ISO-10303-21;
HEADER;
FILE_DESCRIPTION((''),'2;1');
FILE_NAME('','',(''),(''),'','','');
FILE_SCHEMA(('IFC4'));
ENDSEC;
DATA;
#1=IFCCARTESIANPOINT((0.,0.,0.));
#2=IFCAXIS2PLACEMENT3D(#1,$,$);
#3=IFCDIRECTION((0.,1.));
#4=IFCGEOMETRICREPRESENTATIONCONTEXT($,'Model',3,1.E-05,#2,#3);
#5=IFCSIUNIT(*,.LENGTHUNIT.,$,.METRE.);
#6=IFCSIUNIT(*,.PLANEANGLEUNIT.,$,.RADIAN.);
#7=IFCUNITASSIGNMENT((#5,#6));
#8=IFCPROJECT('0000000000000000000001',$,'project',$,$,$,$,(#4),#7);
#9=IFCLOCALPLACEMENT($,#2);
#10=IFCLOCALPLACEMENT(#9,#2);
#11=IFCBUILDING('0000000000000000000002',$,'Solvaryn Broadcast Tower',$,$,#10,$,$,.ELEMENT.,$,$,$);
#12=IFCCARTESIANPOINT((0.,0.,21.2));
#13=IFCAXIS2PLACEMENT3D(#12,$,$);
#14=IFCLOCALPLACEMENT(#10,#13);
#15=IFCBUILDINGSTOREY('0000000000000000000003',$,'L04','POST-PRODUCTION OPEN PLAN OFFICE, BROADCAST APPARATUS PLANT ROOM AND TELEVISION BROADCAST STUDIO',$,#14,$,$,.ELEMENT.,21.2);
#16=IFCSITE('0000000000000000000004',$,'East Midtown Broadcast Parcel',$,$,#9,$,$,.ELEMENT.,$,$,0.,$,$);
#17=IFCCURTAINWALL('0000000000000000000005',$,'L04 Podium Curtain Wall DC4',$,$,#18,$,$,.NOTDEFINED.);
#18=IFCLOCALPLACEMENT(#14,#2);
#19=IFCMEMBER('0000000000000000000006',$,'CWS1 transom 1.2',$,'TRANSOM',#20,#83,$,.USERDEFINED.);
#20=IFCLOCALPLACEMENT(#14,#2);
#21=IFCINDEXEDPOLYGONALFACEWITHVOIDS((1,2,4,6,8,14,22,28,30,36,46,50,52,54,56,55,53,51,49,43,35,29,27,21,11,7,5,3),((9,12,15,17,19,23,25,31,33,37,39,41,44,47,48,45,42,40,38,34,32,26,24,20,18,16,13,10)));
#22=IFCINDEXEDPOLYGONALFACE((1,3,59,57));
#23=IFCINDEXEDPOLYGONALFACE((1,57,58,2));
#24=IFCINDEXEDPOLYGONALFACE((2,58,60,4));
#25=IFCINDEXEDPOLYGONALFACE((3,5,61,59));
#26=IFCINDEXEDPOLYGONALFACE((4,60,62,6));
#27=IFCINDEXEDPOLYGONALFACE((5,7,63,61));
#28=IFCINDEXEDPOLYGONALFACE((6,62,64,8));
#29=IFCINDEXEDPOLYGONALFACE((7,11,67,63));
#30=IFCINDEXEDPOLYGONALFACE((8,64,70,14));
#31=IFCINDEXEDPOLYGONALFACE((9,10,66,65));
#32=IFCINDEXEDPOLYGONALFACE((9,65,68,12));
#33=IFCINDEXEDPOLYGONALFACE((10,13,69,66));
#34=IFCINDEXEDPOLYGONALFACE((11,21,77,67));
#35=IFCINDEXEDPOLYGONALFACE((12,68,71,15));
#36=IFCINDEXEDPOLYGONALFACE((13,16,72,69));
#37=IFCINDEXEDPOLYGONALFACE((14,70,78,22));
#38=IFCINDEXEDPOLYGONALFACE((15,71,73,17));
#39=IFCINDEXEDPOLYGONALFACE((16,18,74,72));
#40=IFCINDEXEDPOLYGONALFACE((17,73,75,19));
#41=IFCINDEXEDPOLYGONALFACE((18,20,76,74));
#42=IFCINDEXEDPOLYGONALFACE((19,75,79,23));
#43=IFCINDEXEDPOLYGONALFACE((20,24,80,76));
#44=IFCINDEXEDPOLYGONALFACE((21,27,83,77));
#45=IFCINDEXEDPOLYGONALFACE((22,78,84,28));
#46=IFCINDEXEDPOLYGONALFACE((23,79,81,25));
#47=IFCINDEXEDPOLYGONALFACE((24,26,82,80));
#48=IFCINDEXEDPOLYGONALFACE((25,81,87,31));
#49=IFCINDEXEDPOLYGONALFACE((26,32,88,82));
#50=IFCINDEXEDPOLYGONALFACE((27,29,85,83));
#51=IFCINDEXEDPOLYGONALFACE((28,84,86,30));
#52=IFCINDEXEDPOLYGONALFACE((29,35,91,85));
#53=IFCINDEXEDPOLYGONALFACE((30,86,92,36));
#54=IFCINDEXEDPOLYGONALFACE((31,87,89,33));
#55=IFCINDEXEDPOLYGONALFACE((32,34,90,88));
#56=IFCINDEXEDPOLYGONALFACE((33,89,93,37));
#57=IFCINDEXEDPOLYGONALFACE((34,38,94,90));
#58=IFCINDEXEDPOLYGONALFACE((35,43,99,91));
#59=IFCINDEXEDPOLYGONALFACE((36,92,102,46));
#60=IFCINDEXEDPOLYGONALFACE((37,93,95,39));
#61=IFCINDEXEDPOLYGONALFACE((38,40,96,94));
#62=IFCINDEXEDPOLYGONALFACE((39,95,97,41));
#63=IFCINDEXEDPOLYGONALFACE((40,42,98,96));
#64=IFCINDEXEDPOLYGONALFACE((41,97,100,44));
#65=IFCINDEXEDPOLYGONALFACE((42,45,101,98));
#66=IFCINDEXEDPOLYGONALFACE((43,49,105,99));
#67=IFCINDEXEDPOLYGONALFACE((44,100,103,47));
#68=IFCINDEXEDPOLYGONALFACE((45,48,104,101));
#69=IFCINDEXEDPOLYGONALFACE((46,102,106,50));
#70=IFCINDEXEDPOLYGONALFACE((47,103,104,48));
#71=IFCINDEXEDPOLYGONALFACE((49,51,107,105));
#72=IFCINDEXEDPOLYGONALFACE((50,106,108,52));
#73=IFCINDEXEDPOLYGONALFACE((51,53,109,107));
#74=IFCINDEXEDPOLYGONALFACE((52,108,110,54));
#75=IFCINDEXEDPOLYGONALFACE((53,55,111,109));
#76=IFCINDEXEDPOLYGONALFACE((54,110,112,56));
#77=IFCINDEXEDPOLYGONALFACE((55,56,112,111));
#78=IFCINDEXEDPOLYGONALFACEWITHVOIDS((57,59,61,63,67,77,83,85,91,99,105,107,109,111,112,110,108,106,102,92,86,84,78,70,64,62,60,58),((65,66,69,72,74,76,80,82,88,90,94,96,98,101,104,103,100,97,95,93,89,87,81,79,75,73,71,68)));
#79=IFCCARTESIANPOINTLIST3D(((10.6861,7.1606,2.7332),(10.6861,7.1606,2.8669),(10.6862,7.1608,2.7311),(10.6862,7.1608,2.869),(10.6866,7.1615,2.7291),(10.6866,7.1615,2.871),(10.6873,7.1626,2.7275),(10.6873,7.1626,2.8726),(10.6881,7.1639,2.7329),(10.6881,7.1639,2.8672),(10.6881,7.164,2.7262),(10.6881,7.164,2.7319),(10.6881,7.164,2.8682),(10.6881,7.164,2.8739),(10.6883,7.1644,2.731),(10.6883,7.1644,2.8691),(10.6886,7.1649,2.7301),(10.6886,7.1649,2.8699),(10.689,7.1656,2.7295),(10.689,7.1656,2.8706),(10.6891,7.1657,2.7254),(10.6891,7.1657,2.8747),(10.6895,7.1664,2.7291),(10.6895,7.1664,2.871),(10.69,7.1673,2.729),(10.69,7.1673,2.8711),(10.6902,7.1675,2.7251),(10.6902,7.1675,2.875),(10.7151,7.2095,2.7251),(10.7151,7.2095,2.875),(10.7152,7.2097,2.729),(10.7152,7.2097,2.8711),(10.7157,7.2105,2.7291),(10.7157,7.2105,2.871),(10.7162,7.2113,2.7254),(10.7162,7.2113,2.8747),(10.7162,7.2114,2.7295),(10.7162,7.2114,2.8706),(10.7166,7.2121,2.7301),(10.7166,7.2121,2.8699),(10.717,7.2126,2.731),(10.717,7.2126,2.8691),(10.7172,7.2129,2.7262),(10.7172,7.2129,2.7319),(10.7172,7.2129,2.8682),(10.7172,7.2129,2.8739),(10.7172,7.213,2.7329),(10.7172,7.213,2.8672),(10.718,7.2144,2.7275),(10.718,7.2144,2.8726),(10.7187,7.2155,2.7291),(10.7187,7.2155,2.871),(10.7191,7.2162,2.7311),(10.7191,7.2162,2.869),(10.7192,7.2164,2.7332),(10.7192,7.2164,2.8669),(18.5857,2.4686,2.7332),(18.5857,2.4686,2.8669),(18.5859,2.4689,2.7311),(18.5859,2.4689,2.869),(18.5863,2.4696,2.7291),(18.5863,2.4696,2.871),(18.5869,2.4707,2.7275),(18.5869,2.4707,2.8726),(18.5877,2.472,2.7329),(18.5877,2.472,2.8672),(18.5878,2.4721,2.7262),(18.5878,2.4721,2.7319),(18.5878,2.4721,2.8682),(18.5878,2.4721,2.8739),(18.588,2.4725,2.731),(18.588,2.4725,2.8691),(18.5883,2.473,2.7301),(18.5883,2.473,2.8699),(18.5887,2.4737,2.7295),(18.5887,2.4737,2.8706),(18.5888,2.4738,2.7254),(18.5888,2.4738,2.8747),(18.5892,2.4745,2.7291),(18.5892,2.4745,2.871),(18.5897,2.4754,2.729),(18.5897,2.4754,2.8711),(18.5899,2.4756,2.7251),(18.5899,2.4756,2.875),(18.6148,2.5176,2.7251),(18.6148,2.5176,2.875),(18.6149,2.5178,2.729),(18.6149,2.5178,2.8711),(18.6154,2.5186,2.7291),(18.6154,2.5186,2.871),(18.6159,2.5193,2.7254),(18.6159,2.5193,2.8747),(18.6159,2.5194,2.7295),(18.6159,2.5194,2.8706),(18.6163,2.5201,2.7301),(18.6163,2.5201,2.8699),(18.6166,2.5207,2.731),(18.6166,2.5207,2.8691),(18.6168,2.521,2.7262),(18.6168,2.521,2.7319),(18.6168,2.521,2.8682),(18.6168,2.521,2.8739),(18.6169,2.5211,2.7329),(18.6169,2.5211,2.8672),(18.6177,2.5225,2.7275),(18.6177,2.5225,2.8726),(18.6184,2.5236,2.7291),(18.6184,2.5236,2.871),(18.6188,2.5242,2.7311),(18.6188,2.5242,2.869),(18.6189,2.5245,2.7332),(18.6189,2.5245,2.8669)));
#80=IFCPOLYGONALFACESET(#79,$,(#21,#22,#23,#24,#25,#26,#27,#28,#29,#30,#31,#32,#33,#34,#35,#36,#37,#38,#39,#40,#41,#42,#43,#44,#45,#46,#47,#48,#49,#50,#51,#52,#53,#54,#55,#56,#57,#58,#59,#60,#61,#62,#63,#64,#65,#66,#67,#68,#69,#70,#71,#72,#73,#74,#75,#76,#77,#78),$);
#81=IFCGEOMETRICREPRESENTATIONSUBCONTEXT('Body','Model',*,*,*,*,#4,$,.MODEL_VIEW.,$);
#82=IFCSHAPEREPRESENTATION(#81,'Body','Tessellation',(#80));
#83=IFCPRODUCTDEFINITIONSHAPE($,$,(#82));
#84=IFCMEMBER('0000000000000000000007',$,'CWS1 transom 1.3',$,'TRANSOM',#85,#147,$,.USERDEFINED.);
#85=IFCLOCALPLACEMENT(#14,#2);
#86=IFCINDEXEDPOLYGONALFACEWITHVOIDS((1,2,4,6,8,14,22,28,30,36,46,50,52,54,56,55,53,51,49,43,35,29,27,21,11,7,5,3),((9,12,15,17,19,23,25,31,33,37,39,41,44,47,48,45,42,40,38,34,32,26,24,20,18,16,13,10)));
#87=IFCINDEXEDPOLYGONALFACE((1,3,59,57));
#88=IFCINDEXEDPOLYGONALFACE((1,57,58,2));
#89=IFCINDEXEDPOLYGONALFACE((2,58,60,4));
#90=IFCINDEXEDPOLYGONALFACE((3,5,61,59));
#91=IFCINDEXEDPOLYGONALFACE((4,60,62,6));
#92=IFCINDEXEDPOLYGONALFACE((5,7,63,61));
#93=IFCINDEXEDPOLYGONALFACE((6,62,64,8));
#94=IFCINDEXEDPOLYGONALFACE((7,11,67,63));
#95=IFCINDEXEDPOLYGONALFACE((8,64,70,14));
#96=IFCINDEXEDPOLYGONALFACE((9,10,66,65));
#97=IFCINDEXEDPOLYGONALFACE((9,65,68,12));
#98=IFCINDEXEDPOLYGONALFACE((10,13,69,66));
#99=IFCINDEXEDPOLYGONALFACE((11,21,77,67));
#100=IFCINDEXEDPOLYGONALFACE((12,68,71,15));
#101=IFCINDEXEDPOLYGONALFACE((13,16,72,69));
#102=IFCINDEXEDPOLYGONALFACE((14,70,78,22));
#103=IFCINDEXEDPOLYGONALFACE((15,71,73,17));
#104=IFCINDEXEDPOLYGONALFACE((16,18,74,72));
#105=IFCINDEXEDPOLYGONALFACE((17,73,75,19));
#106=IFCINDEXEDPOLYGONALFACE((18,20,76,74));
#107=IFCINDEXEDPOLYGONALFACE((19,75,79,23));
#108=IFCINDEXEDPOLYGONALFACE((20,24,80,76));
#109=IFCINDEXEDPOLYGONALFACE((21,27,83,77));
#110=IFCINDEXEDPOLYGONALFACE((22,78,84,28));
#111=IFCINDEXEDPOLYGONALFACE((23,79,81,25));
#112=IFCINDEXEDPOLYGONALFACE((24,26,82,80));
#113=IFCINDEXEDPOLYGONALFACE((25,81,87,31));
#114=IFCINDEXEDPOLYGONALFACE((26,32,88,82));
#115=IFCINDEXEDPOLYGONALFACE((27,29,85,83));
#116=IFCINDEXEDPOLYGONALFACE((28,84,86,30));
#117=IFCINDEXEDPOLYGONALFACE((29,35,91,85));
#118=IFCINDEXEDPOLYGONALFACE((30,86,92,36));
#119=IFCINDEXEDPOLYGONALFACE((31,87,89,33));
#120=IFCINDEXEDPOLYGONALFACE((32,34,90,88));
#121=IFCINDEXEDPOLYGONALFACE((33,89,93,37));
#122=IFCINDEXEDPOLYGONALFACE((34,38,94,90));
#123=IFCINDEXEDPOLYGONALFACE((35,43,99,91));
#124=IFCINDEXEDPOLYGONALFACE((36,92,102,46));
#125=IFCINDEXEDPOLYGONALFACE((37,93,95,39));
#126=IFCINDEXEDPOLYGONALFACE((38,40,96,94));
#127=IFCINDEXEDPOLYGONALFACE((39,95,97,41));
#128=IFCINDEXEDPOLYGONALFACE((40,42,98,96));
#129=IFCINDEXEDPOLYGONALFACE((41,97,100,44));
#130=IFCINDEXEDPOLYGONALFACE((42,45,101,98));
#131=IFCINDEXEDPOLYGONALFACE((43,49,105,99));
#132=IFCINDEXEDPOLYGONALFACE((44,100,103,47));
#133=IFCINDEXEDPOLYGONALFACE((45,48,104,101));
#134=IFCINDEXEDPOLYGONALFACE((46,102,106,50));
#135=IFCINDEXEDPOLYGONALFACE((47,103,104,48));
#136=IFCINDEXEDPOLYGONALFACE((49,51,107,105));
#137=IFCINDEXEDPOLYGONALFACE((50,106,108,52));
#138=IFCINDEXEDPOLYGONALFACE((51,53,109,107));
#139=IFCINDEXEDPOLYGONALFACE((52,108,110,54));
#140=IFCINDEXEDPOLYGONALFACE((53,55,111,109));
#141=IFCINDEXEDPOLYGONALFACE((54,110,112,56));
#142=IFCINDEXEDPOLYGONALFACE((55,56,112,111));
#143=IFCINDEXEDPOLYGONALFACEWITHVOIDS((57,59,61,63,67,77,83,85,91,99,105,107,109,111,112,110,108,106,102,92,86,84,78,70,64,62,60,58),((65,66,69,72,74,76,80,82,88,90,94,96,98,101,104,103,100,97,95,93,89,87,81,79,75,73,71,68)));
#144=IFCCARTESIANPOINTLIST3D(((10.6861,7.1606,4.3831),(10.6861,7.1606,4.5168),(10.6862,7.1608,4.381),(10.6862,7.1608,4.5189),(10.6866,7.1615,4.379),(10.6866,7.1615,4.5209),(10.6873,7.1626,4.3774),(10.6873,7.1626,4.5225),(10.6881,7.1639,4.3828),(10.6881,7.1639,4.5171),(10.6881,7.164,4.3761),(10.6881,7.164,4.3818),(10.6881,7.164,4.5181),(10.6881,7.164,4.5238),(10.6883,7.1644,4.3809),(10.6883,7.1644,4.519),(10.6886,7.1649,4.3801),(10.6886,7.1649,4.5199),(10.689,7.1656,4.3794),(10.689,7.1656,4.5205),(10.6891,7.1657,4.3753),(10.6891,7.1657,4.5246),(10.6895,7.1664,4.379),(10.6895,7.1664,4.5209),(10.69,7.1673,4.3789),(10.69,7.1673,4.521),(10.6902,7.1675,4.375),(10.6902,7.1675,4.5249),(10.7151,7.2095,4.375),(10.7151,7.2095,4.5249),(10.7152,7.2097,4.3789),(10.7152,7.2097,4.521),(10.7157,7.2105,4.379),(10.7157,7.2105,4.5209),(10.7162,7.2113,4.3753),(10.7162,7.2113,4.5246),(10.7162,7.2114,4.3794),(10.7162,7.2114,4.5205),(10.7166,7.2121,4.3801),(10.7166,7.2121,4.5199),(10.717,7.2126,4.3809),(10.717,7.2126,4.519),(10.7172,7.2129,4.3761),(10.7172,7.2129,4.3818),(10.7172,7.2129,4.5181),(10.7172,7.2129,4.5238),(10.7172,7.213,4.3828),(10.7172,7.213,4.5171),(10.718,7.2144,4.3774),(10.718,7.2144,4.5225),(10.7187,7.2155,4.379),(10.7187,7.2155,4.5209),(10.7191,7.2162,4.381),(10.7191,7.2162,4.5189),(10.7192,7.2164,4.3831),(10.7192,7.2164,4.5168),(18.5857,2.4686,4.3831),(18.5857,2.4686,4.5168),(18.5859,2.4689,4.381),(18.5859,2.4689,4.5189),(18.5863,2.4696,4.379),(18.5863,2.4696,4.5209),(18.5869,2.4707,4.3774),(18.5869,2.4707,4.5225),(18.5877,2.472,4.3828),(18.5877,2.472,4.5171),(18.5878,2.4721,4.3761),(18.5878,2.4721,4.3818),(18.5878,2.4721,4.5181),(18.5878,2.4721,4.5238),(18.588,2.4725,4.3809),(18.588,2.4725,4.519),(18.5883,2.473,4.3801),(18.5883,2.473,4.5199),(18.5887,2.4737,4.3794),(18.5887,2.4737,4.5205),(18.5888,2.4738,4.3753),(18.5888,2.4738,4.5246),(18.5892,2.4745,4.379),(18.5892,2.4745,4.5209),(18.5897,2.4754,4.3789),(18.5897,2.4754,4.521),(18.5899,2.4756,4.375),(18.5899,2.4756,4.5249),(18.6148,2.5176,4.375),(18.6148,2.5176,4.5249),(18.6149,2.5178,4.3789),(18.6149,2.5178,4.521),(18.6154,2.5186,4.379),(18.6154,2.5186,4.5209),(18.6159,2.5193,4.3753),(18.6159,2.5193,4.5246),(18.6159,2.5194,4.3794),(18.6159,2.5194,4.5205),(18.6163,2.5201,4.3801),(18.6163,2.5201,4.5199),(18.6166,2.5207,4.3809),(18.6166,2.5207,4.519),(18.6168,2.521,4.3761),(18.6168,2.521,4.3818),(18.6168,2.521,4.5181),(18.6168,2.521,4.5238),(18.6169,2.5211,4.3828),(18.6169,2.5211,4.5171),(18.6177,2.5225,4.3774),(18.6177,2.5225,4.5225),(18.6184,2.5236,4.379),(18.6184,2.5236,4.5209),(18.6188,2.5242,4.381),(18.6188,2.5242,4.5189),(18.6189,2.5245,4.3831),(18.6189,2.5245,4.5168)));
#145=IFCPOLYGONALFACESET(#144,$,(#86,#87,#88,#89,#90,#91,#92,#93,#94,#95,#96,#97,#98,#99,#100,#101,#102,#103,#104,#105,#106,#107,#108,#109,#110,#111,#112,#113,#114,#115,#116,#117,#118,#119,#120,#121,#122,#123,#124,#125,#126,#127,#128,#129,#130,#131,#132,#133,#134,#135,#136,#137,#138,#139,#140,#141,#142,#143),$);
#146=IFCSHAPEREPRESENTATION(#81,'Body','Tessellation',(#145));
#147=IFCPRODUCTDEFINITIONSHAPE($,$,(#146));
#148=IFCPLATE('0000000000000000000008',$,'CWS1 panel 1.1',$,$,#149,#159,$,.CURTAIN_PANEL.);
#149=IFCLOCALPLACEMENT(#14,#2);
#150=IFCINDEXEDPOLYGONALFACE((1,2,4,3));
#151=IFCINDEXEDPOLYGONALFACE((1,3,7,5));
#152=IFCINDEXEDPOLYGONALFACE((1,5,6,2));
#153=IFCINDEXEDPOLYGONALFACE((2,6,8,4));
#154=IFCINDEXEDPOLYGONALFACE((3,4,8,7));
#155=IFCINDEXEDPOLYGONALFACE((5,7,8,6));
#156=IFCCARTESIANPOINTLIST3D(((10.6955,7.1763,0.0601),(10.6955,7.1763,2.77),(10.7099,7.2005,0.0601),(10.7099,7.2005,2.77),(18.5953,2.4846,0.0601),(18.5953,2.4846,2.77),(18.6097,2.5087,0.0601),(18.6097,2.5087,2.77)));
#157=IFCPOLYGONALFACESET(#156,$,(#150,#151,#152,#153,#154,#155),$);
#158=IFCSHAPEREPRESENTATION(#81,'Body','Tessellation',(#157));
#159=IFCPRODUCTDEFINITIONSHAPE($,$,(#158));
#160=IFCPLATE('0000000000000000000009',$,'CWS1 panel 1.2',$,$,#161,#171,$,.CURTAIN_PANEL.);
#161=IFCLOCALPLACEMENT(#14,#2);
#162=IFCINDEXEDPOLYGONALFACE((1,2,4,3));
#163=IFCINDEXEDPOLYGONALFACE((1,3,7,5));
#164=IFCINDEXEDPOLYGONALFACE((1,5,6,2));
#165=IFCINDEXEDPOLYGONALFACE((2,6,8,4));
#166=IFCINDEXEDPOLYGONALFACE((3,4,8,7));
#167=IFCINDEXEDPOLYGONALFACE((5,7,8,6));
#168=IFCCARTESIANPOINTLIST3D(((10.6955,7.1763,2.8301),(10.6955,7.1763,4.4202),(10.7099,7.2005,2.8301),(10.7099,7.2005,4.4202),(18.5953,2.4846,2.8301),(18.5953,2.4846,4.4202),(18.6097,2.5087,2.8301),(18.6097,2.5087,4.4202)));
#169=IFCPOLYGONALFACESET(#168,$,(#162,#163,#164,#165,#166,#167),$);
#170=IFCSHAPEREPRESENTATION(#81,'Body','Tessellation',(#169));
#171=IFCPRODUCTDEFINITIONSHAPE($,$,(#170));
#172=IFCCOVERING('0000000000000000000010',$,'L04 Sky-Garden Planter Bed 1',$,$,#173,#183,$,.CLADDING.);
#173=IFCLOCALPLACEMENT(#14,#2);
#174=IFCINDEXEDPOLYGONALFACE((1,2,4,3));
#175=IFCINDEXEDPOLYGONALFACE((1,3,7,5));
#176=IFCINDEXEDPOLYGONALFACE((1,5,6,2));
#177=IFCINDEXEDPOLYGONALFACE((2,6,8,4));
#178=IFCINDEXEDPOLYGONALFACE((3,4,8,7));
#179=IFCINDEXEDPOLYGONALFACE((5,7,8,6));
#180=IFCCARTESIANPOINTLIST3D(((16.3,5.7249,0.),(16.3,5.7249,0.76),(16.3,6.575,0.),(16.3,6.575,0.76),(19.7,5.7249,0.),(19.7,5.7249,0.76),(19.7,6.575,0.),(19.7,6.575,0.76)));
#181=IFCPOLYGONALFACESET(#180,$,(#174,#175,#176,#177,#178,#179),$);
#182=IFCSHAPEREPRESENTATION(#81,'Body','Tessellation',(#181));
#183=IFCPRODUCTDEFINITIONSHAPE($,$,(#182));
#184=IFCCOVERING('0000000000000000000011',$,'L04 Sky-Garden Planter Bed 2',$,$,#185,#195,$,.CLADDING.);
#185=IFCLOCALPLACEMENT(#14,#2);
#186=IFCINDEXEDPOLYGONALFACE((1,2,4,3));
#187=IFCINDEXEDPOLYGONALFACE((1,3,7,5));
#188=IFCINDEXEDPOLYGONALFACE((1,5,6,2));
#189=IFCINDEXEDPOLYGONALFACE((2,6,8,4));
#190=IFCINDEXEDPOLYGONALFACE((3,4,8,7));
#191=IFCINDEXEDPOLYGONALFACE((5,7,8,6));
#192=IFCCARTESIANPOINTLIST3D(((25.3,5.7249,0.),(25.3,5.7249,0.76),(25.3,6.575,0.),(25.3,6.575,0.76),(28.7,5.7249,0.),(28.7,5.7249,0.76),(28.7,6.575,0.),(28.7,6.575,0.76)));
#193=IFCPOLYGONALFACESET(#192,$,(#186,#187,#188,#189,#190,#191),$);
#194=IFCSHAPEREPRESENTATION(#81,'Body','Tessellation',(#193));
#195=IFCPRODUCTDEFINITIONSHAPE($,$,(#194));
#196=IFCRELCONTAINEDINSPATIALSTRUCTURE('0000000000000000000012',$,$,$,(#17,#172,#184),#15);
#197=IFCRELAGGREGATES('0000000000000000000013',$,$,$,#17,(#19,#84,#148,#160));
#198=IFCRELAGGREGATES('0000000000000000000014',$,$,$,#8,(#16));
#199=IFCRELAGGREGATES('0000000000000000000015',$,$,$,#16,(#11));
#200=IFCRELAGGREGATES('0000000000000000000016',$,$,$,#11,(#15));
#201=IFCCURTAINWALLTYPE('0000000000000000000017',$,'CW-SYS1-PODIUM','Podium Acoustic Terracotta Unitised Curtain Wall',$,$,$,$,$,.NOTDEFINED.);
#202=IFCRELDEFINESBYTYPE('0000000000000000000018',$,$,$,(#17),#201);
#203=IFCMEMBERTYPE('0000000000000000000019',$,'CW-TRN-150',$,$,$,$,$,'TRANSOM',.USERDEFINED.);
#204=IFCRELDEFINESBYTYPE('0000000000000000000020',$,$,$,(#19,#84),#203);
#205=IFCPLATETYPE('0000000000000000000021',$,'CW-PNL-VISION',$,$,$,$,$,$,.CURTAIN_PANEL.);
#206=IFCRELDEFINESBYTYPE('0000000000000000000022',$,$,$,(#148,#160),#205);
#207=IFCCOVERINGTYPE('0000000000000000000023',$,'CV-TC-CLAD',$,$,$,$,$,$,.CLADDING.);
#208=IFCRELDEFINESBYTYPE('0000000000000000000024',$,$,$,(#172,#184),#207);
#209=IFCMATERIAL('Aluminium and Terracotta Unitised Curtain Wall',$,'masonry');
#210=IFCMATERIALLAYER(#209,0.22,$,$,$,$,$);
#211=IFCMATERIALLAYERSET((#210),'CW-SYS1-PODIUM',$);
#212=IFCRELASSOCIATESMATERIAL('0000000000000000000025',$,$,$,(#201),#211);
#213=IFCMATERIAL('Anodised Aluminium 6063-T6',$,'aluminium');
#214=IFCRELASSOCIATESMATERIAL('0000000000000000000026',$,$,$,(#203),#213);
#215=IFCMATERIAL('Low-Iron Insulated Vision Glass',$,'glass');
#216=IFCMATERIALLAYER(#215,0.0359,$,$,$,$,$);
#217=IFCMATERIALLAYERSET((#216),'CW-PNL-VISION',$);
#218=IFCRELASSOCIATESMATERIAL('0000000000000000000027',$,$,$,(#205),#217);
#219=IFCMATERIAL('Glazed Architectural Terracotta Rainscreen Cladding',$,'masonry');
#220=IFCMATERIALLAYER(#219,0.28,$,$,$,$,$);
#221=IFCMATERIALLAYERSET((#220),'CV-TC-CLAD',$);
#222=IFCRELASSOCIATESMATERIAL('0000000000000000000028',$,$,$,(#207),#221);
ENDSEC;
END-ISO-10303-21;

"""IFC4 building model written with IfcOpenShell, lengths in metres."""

from ifc_helpers import new_model, si_unit, direction, frame, origin, origin_2d, place, context, subcontext, project, spatial, rectangle, hollow_rectangle, extrude, material, layer, layer_set, material_profile, profile_set, type_object, element, aggregate, save


model = new_model("IFC4")

# Units and contexts
model_context = context("Model", 3, precision=1e-05, world=origin(), true_north=direction((0.0, 1.0)))
body_context = subcontext(model_context, "Body", "Model", "MODEL_VIEW")
ifc_project = project(units=[si_unit("LENGTHUNIT", "METRE"), si_unit("PLANEANGLEUNIT", "RADIAN")], contexts=[model_context])

# Site, building, storey
site_placement = place(None, origin())
site = spatial("IfcSite", under=ifc_project, at=site_placement, Name="East Midtown Broadcast Parcel", CompositionType="ELEMENT", RefElevation=0.0)
building_placement = place(site_placement, origin())
building = spatial("IfcBuilding", under=site, at=building_placement, Name="Solvaryn Broadcast Tower", CompositionType="ELEMENT")
storey_placement = place(building_placement, frame((0.0, 0.0, 21.2)))
storey = spatial("IfcBuildingStorey", under=building, at=storey_placement, Name="L04", Description="POST-PRODUCTION OPEN PLAN OFFICE, BROADCAST APPARATUS PLANT ROOM AND TELEVISION BROADCAST STUDIO", CompositionType="ELEMENT", Elevation=21.2)

# Curtain wall, members, plates
ifc_material_1 = material(Name="Aluminium and Terracotta Unitised Curtain Wall", Category="masonry")
ifc_layer_1 = layer(ifc_material_1, 0.22)
ifc_layer_set_1 = layer_set([ifc_layer_1], Name="CW-SYS1-PODIUM")
curtain_wall_type = type_object("IfcCurtainWallType", Name="CW-SYS1-PODIUM", Description="Podium Acoustic Terracotta Unitised Curtain Wall", PredefinedType="NOTDEFINED", material=ifc_layer_set_1)
curtain_wall_placement = place(storey_placement, origin())
curtain_wall = element("IfcCurtainWall", 1, at=curtain_wall_placement, inside=storey, type_object=curtain_wall_type, Name="L04 Podium Curtain Wall DC4", PredefinedType="NOTDEFINED")
ifc_material_2 = material(Name="Anodised Aluminium 6063-T6", Category="aluminium")
ifc_material_profile_1 = material_profile(ifc_material_2, hollow_rectangle(XDim=0.0649, YDim=0.1499, WallThickness=0.0039, InnerFilletRadius=0.0039, OuterFilletRadius=0.0081, at=origin_2d()))
ifc_profile_set_1 = profile_set([ifc_material_profile_1], Name="Anodised Aluminium 6063-T6")
member_type_1 = type_object("IfcMemberType", Name="CW-TRN-150", ElementType="TRANSOM", PredefinedType="USERDEFINED", material=ifc_profile_set_1)
member_1_placement = place(storey_placement, frame((10.7026, 7.1885, 2.8), z_axis=(0.859784, -0.510657, 0.0), x_axis=(0.510657, 0.859784, 0.0)))
member_1 = element("IfcMember", 2, at=member_1_placement, type_object=member_type_1, Name="CWS1 transom 1.2", ObjectType="TRANSOM", PredefinedType="USERDEFINED", context=body_context, shape_type="SweptSolid", body=[
    extrude(hollow_rectangle(XDim=0.0649, YDim=0.1499, WallThickness=0.0039, InnerFilletRadius=0.0039, OuterFilletRadius=0.0081, at=origin_2d()), origin(), (0.0, 0.0, 1.0), 9.188),
])
member_2_placement = place(storey_placement, frame((10.7026, 7.1885, 4.45), z_axis=(0.859784, -0.510657, 0.0), x_axis=(0.510657, 0.859784, 0.0)))
member_2 = element("IfcMember", 3, at=member_2_placement, type_object=member_type_1, Name="CWS1 transom 1.3", ObjectType="TRANSOM", PredefinedType="USERDEFINED", context=body_context, shape_type="SweptSolid", body=[
    extrude(hollow_rectangle(XDim=0.0649, YDim=0.1499, WallThickness=0.0039, InnerFilletRadius=0.0039, OuterFilletRadius=0.0081, at=origin_2d()), origin(), (0.0, 0.0, 1.0), 9.188),
])
ifc_material_3 = material(Name="Low-Iron Insulated Vision Glass", Category="glass")
ifc_layer_2 = layer(ifc_material_3, 0.0359)
ifc_layer_set_2 = layer_set([ifc_layer_2], Name="CW-PNL-VISION")
plate_type = type_object("IfcPlateType", Name="CW-PNL-VISION", PredefinedType="CURTAIN_PANEL", material=ifc_layer_set_2)
plate_1_placement = place(storey_placement, frame((14.6526, 4.8425, 0.0601), z_axis=(0.0, 0.0, 1.0), x_axis=(0.859797, -0.510636, 0.0)))
plate_1 = element("IfcPlate", 4, at=plate_1_placement, type_object=plate_type, Name="CWS1 panel 1.1", PredefinedType="CURTAIN_PANEL", context=body_context, shape_type="SweptSolid", body=[
    extrude(rectangle(XDim=9.188, YDim=0.0281, at=origin_2d()), origin(), (0.0, 0.0, 1.0), 2.71),
])
plate_2_placement = place(storey_placement, frame((14.6526, 4.8425, 2.8301), z_axis=(0.0, 0.0, 1.0), x_axis=(0.859797, -0.510636, 0.0)))
plate_2 = element("IfcPlate", 5, at=plate_2_placement, type_object=plate_type, Name="CWS1 panel 1.2", PredefinedType="CURTAIN_PANEL", context=body_context, shape_type="SweptSolid", body=[
    extrude(rectangle(XDim=9.188, YDim=0.0281, at=origin_2d()), origin(), (0.0, 0.0, 1.0), 1.5901),
])
aggregate(curtain_wall, [member_1, member_2, plate_1, plate_2])

# Coverings
ifc_material_4 = material(Name="Glazed Architectural Terracotta Rainscreen Cladding", Category="masonry")
ifc_layer_3 = layer(ifc_material_4, 0.28)
ifc_layer_set_3 = layer_set([ifc_layer_3], Name="CV-TC-CLAD")
covering_type_1 = type_object("IfcCoveringType", Name="CV-TC-CLAD", PredefinedType="CLADDING", material=ifc_layer_set_3)
for number, where, z_axis, x_axis, name in (
    (6, (18.0, 6.1499, 0.0), (0.0, 0.0, 1.0), (1.0, 0.0, 0.0), "L04 Sky-Garden Planter Bed 1"),
    (7, (27.0, 6.1499, 0.0), (0.0, 0.0, 1.0), (1.0, 0.0, 0.0), "L04 Sky-Garden Planter Bed 2"),
):
    element("IfcCovering", number, at=place(storey_placement, frame(where, z_axis=z_axis, x_axis=x_axis)), inside=storey, type_object=covering_type_1, Name=name, PredefinedType="CLADDING", context=body_context, shape_type="SweptSolid", body=[
        extrude(rectangle(XDim=3.3999, YDim=0.8501, at=origin_2d()), origin(), (0.0, 0.0, 1.0), 0.76),
    ])

save(model, "model.ifc")
